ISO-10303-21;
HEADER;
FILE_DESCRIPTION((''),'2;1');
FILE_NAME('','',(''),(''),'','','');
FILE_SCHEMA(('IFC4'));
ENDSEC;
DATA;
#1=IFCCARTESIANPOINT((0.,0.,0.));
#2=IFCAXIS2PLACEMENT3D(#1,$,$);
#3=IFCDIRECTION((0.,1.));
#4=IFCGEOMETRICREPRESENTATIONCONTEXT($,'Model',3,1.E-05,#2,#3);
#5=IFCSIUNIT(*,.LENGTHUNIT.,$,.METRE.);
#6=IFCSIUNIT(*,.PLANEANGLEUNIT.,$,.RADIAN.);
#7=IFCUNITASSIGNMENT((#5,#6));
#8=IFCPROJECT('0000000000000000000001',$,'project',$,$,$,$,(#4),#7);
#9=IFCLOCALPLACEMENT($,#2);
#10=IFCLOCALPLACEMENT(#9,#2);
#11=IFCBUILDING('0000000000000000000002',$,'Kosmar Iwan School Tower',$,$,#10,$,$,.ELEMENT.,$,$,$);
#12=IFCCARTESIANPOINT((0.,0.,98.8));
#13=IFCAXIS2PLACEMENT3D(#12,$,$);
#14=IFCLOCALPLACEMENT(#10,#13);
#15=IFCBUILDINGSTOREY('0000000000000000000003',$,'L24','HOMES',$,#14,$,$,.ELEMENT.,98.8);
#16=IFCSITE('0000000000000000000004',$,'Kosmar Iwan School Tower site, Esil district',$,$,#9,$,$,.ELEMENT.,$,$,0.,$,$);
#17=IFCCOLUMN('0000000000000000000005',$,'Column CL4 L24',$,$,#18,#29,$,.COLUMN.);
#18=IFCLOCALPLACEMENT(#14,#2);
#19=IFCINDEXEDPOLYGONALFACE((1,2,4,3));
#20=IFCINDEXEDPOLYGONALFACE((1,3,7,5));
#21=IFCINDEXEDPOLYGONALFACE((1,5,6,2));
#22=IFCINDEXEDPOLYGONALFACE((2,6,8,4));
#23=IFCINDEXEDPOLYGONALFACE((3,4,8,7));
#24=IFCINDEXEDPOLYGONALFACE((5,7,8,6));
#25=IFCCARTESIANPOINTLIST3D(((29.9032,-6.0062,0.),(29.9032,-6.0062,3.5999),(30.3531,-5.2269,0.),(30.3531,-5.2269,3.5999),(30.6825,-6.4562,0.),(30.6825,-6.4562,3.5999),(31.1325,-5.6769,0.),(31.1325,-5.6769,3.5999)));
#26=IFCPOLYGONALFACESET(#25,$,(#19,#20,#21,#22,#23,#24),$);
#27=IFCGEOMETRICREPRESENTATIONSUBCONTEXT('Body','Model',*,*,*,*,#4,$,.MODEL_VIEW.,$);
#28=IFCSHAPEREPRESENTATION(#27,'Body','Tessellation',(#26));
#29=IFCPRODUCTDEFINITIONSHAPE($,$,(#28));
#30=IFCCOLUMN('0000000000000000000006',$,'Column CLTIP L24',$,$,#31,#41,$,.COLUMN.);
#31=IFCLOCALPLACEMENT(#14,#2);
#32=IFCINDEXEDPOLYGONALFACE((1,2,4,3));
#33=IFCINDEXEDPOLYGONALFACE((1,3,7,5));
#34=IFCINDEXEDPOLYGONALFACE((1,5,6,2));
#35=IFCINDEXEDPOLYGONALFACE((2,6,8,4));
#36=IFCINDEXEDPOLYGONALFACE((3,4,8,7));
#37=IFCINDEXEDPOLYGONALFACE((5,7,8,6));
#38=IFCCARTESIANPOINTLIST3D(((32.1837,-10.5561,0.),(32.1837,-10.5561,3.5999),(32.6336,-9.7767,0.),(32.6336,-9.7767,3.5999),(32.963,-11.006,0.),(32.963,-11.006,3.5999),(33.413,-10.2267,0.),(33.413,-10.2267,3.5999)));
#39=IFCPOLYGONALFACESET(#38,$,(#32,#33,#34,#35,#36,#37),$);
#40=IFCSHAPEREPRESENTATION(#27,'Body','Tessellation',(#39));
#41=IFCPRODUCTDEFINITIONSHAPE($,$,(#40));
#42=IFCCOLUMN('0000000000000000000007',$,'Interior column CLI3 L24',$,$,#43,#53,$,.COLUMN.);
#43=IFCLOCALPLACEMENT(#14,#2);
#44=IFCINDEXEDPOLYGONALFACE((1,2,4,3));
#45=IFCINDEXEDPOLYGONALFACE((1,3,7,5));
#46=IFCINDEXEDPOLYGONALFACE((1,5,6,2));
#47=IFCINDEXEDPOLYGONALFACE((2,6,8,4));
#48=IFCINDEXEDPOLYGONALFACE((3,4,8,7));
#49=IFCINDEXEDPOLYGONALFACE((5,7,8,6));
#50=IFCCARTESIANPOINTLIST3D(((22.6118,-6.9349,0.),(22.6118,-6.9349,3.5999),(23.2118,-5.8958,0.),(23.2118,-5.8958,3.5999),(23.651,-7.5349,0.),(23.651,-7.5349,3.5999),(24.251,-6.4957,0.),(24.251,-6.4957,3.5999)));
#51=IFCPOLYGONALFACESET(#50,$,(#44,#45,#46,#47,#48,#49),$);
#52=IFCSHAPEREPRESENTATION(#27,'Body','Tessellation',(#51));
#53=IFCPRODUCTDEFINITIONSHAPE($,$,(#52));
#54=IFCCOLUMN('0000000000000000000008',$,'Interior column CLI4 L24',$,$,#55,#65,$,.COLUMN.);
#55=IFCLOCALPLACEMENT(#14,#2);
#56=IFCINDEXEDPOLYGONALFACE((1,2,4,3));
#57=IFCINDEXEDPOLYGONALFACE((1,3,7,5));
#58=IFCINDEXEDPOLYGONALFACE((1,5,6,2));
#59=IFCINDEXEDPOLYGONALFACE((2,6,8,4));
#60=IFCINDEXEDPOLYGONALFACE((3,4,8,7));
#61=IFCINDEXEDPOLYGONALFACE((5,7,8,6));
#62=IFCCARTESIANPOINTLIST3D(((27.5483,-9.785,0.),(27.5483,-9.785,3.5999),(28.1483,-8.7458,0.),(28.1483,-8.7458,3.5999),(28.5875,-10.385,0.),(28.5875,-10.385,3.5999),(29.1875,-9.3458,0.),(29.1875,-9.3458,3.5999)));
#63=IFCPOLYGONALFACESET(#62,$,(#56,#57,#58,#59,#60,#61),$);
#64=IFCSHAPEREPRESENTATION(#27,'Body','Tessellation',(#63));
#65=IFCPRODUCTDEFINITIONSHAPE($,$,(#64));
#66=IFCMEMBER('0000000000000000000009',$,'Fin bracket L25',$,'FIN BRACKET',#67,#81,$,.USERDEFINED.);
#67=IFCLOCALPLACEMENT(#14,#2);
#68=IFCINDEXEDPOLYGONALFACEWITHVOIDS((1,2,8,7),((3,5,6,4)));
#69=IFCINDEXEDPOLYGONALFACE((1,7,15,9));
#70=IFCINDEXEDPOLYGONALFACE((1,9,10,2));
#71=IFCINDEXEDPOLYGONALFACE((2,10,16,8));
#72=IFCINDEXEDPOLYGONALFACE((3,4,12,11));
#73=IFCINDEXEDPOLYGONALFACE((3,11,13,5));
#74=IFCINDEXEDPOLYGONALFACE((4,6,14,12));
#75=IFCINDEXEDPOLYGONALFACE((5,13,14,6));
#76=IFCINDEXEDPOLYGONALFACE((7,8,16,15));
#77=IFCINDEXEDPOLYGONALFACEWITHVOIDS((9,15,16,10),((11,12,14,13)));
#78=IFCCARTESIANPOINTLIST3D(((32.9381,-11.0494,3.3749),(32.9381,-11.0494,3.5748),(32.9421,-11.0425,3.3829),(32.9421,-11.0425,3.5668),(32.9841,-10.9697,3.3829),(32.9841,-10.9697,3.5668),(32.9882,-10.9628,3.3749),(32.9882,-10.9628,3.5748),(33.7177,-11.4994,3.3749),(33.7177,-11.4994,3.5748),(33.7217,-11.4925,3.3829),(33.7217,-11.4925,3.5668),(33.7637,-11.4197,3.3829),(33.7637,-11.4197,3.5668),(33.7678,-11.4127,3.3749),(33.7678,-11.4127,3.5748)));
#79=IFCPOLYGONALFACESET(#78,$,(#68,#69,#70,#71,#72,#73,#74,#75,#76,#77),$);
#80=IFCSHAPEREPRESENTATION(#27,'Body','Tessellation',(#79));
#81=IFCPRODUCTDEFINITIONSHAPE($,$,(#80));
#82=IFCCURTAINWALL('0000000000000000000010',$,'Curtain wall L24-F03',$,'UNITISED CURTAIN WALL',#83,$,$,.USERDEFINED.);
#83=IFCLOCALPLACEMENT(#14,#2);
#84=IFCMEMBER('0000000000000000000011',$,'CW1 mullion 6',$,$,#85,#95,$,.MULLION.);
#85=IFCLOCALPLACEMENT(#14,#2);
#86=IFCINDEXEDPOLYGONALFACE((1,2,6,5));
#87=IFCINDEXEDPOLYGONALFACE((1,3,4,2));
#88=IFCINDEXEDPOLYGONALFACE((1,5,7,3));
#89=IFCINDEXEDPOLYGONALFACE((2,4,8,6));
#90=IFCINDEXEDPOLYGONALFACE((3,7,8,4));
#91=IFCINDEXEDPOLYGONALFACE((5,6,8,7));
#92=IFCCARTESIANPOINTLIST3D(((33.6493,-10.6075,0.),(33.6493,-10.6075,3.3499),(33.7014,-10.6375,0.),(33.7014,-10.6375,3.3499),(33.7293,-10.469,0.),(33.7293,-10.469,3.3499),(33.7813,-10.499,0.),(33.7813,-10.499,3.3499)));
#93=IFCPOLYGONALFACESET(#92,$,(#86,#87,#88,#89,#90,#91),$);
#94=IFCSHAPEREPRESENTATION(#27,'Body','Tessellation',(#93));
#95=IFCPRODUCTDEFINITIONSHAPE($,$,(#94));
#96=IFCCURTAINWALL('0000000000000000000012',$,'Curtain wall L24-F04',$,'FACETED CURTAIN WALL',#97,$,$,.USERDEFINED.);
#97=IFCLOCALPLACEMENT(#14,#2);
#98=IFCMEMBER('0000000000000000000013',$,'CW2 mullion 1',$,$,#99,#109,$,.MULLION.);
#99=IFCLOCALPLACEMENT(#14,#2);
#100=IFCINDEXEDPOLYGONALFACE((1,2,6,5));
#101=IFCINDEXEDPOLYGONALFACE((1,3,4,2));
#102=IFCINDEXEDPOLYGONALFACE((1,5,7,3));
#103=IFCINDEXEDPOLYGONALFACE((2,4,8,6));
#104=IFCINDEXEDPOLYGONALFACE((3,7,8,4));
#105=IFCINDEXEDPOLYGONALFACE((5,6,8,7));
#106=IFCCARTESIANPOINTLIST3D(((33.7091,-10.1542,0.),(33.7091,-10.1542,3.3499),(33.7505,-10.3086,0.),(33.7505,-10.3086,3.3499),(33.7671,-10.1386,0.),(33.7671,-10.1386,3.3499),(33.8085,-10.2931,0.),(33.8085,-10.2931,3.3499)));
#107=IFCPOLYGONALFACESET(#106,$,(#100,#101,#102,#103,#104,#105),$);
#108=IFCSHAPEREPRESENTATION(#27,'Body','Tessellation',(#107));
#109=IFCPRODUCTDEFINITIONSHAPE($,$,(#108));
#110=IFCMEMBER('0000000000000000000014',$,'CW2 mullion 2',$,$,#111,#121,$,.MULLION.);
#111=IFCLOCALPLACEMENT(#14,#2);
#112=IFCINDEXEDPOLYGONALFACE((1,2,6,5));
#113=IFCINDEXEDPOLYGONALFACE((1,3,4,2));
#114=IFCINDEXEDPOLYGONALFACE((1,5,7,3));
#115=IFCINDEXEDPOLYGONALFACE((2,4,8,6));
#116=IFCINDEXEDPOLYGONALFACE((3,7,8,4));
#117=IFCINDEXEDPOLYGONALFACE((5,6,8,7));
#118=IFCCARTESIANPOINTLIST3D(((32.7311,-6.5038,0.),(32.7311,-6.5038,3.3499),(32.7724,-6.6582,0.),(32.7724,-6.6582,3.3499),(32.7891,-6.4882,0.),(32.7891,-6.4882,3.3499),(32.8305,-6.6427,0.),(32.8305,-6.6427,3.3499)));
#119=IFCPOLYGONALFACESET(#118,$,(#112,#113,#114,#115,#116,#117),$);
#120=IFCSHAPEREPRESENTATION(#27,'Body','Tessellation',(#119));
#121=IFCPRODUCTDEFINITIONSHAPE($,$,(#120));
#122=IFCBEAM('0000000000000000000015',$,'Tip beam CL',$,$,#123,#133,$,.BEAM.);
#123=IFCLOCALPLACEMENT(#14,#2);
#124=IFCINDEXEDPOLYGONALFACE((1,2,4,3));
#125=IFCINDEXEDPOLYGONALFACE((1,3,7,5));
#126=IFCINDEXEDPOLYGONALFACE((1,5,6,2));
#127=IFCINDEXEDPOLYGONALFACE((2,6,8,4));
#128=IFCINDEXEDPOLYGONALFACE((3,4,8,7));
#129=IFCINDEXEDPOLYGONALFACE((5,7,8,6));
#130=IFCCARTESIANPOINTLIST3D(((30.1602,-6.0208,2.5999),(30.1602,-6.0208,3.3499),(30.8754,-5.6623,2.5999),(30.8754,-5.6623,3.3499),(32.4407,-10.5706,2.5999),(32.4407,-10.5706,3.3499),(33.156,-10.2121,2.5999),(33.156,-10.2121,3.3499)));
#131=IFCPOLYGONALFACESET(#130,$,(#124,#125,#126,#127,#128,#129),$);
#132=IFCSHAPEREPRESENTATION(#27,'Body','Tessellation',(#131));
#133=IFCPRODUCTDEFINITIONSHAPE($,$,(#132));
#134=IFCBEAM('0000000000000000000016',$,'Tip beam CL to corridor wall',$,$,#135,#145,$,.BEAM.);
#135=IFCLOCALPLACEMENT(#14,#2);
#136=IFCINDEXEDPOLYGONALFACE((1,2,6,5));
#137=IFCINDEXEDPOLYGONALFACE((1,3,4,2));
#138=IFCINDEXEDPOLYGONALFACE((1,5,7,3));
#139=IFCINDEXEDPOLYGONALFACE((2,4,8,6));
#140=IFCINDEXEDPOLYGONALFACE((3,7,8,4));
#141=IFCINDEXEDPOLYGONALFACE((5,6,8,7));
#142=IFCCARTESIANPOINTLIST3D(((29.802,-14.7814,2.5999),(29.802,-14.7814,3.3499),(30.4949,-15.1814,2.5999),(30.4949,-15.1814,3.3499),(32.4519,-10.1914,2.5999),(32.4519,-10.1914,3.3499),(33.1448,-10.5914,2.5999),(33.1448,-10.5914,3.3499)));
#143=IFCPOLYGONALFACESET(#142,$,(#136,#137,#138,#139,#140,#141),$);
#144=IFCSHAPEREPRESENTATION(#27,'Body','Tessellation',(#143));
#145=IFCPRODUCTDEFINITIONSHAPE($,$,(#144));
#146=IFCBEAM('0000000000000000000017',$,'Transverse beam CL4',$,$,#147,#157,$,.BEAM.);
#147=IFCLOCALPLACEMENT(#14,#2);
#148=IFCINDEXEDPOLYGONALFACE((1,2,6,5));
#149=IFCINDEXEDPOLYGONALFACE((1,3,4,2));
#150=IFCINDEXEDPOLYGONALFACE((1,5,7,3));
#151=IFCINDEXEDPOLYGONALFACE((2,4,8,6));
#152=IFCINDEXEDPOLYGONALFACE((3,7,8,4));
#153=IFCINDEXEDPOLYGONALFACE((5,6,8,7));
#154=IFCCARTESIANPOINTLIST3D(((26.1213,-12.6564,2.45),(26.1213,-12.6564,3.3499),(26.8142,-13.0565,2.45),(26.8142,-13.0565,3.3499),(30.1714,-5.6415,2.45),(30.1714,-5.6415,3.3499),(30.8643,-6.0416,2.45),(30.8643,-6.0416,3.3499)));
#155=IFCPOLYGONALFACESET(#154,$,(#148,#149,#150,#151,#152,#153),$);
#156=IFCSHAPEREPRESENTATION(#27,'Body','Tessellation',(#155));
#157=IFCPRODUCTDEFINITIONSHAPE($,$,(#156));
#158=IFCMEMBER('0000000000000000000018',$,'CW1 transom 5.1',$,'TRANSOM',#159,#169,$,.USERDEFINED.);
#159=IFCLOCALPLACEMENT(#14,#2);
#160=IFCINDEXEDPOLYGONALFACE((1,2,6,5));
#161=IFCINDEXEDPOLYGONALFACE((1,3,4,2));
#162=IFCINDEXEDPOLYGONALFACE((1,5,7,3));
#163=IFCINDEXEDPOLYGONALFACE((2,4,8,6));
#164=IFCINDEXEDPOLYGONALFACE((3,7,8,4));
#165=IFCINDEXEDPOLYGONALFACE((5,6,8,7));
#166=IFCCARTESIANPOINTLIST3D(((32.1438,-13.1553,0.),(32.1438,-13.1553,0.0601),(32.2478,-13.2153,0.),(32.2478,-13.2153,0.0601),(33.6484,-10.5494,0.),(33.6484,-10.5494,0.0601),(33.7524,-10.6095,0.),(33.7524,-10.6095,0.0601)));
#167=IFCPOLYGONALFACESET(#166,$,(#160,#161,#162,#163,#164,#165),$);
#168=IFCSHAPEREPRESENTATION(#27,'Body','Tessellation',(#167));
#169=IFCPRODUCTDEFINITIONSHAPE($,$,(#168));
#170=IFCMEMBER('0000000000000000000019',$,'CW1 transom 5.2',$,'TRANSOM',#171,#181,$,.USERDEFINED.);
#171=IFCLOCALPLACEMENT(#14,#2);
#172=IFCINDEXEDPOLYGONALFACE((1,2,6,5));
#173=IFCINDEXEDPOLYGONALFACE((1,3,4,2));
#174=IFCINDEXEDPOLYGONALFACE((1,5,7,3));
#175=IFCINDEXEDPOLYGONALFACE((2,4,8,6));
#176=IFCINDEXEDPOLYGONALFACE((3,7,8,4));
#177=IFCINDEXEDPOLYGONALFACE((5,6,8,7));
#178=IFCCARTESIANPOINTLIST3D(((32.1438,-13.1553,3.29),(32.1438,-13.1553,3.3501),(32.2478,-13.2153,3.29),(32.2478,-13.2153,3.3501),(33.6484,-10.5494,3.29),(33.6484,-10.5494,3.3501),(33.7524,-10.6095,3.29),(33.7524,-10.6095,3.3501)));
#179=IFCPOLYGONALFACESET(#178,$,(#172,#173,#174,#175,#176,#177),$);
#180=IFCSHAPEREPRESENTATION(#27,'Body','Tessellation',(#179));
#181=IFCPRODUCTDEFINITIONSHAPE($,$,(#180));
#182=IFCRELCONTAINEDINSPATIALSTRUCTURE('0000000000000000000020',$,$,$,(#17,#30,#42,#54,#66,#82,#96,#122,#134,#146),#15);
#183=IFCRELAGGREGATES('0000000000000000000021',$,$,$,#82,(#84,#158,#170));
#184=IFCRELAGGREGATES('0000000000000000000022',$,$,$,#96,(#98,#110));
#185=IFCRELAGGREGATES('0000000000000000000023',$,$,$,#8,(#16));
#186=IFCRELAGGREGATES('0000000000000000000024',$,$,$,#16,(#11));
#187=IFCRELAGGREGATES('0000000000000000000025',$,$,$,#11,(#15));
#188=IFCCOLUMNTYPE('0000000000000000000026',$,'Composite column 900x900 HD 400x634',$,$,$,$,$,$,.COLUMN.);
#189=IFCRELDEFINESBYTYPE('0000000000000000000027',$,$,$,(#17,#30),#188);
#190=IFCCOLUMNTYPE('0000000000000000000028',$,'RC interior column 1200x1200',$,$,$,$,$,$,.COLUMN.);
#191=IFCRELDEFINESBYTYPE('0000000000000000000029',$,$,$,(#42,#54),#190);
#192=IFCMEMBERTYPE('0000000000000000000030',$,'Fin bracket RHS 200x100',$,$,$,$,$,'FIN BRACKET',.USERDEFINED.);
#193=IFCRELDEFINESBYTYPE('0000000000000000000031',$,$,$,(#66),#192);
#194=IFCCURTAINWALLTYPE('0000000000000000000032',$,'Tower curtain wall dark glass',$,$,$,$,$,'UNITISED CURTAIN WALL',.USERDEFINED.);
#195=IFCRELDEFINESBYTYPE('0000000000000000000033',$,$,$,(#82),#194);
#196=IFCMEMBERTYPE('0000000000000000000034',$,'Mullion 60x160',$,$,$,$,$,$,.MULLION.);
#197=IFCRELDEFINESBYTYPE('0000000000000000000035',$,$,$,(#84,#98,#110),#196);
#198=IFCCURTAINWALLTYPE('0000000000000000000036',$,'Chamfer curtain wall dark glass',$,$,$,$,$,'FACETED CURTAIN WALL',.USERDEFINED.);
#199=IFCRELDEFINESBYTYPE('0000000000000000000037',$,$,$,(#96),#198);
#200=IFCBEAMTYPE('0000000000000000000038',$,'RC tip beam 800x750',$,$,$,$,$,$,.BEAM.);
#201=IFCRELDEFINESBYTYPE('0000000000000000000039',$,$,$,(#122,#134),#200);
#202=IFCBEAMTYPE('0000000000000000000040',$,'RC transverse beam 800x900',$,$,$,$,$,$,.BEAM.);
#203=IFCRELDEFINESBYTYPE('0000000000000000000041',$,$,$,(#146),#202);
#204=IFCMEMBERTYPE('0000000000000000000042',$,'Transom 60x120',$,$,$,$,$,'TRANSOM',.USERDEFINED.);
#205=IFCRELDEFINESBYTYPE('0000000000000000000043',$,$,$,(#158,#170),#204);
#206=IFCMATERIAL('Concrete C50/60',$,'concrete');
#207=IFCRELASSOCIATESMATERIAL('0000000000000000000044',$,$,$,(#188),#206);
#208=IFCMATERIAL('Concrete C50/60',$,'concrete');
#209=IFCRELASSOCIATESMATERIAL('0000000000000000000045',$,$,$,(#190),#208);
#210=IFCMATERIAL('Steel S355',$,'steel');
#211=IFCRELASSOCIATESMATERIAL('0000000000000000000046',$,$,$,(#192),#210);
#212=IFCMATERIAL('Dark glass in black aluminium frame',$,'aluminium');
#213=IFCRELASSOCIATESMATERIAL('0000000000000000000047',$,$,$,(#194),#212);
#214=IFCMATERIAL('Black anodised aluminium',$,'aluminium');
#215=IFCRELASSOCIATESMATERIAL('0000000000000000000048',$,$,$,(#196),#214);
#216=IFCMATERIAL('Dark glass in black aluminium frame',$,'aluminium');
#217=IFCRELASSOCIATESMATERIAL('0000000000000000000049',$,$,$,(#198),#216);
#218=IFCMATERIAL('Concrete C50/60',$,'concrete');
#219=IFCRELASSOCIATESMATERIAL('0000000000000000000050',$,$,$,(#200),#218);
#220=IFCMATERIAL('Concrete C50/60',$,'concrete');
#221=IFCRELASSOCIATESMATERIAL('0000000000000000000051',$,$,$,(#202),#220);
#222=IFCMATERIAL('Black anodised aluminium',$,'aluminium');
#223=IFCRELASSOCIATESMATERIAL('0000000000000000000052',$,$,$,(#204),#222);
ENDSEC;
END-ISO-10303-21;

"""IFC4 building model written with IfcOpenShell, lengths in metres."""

from ifc_helpers import new_model, si_unit, direction, frame, origin, origin_2d, place, context, subcontext, project, spatial, rectangle, hollow_rectangle, extrude, material, material_profile, profile_set, type_object, element, aggregate, save


model = new_model("IFC4")

# Units and contexts
model_context = context("Model", 3, precision=1e-05, world=origin(), true_north=direction((0.0, 1.0)))
body_context = subcontext(model_context, "Body", "Model", "MODEL_VIEW")
ifc_project = project(units=[si_unit("LENGTHUNIT", "METRE"), si_unit("PLANEANGLEUNIT", "RADIAN")], contexts=[model_context])

# Site, building, storey
site_placement = place(None, origin())
site = spatial("IfcSite", under=ifc_project, at=site_placement, Name="Kosmar Iwan School Tower site, Esil district", CompositionType="ELEMENT", RefElevation=0.0)
building_placement = place(site_placement, origin())
building = spatial("IfcBuilding", under=site, at=building_placement, Name="Kosmar Iwan School Tower", CompositionType="ELEMENT")
storey_placement = place(building_placement, frame((0.0, 0.0, 98.8)))
storey = spatial("IfcBuildingStorey", under=building, at=storey_placement, Name="L24", Description="HOMES", CompositionType="ELEMENT", Elevation=98.8)

# Columns
ifc_material_1 = material(Name="Concrete C50/60", Category="concrete")
ifc_material_profile_1 = material_profile(ifc_material_1, rectangle(XDim=0.8999, YDim=0.8999, at=origin_2d()), Name="RC 900x900 + HD 400x634")
ifc_profile_set_1 = profile_set([ifc_material_profile_1], Name="Concrete C50/60")
column_type_1 = type_object("IfcColumnType", Name="Composite column 900x900 HD 400x634", PredefinedType="COLUMN", material=ifc_profile_set_1)
for number, where, z_axis, x_axis, name in (
    (1, (30.5178, -5.8416, 0.0), (0.0, 0.0, 1.0), (0.866025, -0.5, 0.0), "Column CL4 L24"),
    (2, (32.7983, -10.3914, 0.0), (0.0, 0.0, 1.0), (0.866025, -0.5, 0.0), "Column CLTIP L24"),
):
    element("IfcColumn", number, at=place(storey_placement, frame(where, z_axis=z_axis, x_axis=x_axis)), inside=storey, type_object=column_type_1, Name=name, PredefinedType="COLUMN", context=body_context, shape_type="SweptSolid", body=[
        extrude(rectangle(XDim=0.8999, YDim=0.8999, at=origin_2d()), origin(), (0.0, 0.0, 1.0), 3.5999),
    ])
ifc_material_2 = material(Name="Concrete C50/60", Category="concrete")
ifc_material_profile_2 = material_profile(ifc_material_2, rectangle(XDim=1.2, YDim=1.2, at=origin_2d()), Name="RC 1200x1200")
ifc_profile_set_2 = profile_set([ifc_material_profile_2], Name="Concrete C50/60")
column_type_2 = type_object("IfcColumnType", Name="RC interior column 1200x1200", PredefinedType="COLUMN", material=ifc_profile_set_2)
for number, where, z_axis, x_axis, name in (
    (3, (23.4314, -6.7153, 0.0), (0.0, 0.0, 1.0), (0.866025, -0.5, 0.0), "Interior column CLI3 L24"),
    (4, (28.3679, -9.5654, 0.0), (0.0, 0.0, 1.0), (0.866025, -0.5, 0.0), "Interior column CLI4 L24"),
):
    element("IfcColumn", number, at=place(storey_placement, frame(where, z_axis=z_axis, x_axis=x_axis)), inside=storey, type_object=column_type_2, Name=name, PredefinedType="COLUMN", context=body_context, shape_type="SweptSolid", body=[
        extrude(rectangle(XDim=1.2, YDim=1.2, at=origin_2d()), origin(), (0.0, 0.0, 1.0), 3.5999),
    ])

# Member
ifc_material_3 = material(Name="Steel S355", Category="steel")
ifc_material_profile_3 = material_profile(ifc_material_3, hollow_rectangle(XDim=0.1001, YDim=0.2, WallThickness=0.0081, at=origin_2d()), Name="RHS 200x100x8")
ifc_profile_set_3 = profile_set([ifc_material_profile_3], Name="Steel S355")
member_type_1 = type_object("IfcMemberType", Name="Fin bracket RHS 200x100", ElementType="FIN BRACKET", PredefinedType="USERDEFINED", material=ifc_profile_set_3)
member_1_placement = place(storey_placement, frame((32.9631, -11.0061, 3.4749), z_axis=(0.866082, -0.499902, 0.0), x_axis=(0.499902, 0.866082, 0.0)))
element("IfcMember", 5, at=member_1_placement, inside=storey, type_object=member_type_1, Name="Fin bracket L25", ObjectType="FIN BRACKET", PredefinedType="USERDEFINED", context=body_context, shape_type="SweptSolid", body=[
    extrude(hollow_rectangle(XDim=0.1001, YDim=0.2, WallThickness=0.0081, at=origin_2d()), origin(), (0.0, 0.0, 1.0), 0.9001),
])

# Curtain wall, member
ifc_material_4 = material(Name="Dark glass in black aluminium frame", Category="aluminium")
curtain_wall_type_1 = type_object("IfcCurtainWallType", Name="Tower curtain wall dark glass", ElementType="UNITISED CURTAIN WALL", PredefinedType="USERDEFINED", material=ifc_material_4)
curtain_wall_1_placement = place(storey_placement, origin())
curtain_wall_1 = element("IfcCurtainWall", 6, at=curtain_wall_1_placement, inside=storey, type_object=curtain_wall_type_1, Name="Curtain wall L24-F03", ObjectType="UNITISED CURTAIN WALL", PredefinedType="USERDEFINED")
ifc_material_5 = material(Name="Black anodised aluminium", Category="aluminium")
ifc_material_profile_4 = material_profile(ifc_material_5, rectangle(XDim=0.0601, YDim=0.1599, at=origin_2d()), Name="MULLION 60x160")
ifc_profile_set_4 = profile_set([ifc_material_profile_4], Name="Black anodised aluminium")
member_type_2 = type_object("IfcMemberType", Name="Mullion 60x160", PredefinedType="MULLION", material=ifc_profile_set_4)
member_2_placement = place(storey_placement, frame((33.7153, -10.5532, 0.0), z_axis=(0.0, 0.0, 1.0), x_axis=(-0.866025, 0.5, 0.0)))
member_2 = element("IfcMember", 7, at=member_2_placement, type_object=member_type_2, Name="CW1 mullion 6", PredefinedType="MULLION", context=body_context, shape_type="SweptSolid", body=[
    extrude(rectangle(XDim=0.0601, YDim=0.1599, at=origin_2d()), origin(), (0.0, 0.0, 1.0), 3.3499),
])

# Curtain wall, members
ifc_material_6 = material(Name="Dark glass in black aluminium frame", Category="aluminium")
curtain_wall_type_2 = type_object("IfcCurtainWallType", Name="Chamfer curtain wall dark glass", ElementType="FACETED CURTAIN WALL", PredefinedType="USERDEFINED", material=ifc_material_6)
curtain_wall_2_placement = place(storey_placement, origin())
curtain_wall_2 = element("IfcCurtainWall", 8, at=curtain_wall_2_placement, inside=storey, type_object=curtain_wall_type_2, Name="Curtain wall L24-F04", ObjectType="FACETED CURTAIN WALL", PredefinedType="USERDEFINED")
member_3_placement = place(storey_placement, frame((33.7588, -10.2236, 0.0), z_axis=(0.0, 0.0, 1.0), x_axis=(-0.965926, -0.258819, 0.0)))
member_3 = element("IfcMember", 9, at=member_3_placement, type_object=member_type_2, Name="CW2 mullion 1", PredefinedType="MULLION", context=body_context, shape_type="SweptSolid", body=[
    extrude(rectangle(XDim=0.0601, YDim=0.1599, at=origin_2d()), origin(), (0.0, 0.0, 1.0), 3.3499),
])
member_4_placement = place(storey_placement, frame((32.7808, -6.5732, 0.0), z_axis=(0.0, 0.0, 1.0), x_axis=(-0.965926, -0.258819, 0.0)))
member_4 = element("IfcMember", 10, at=member_4_placement, type_object=member_type_2, Name="CW2 mullion 2", PredefinedType="MULLION", context=body_context, shape_type="SweptSolid", body=[
    extrude(rectangle(XDim=0.0601, YDim=0.1599, at=origin_2d()), origin(), (0.0, 0.0, 1.0), 3.3499),
])

# Beams
ifc_material_7 = material(Name="Concrete C50/60", Category="concrete")
ifc_material_profile_5 = material_profile(ifc_material_7, rectangle(XDim=0.8, YDim=0.75, at=origin_2d()), Name="RC 800x750")
ifc_profile_set_5 = profile_set([ifc_material_profile_5], Name="Concrete C50/60")
beam_type_1 = type_object("IfcBeamType", Name="RC tip beam 800x750", PredefinedType="BEAM", material=ifc_profile_set_5)
beam_1_placement = place(storey_placement, frame((30.5178, -5.8416, 2.9749), z_axis=(0.448096, -0.893985, 0.0), x_axis=(0.893985, 0.448096, 0.0)))
element("IfcBeam", 11, at=beam_1_placement, inside=storey, type_object=beam_type_1, Name="Tip beam CL", PredefinedType="BEAM", context=body_context, shape_type="SweptSolid", body=[
    extrude(rectangle(XDim=0.8, YDim=0.75, at=origin_2d()), origin(), (0.0, 0.0, 1.0), 5.0894),
])
beam_2_placement = place(storey_placement, frame((32.7983, -10.3914, 2.9749), z_axis=(-0.499974, -0.866041, 0.0), x_axis=(0.866041, -0.499974, 0.0)))
element("IfcBeam", 12, at=beam_2_placement, inside=storey, type_object=beam_type_1, Name="Tip beam CL to corridor wall", PredefinedType="BEAM", context=body_context, shape_type="SweptSolid", body=[
    extrude(rectangle(XDim=0.8, YDim=0.75, at=origin_2d()), origin(), (0.0, 0.0, 1.0), 5.3),
])
ifc_material_8 = material(Name="Concrete C50/60", Category="concrete")
ifc_material_profile_6 = material_profile(ifc_material_8, rectangle(XDim=0.8, YDim=0.8999, at=origin_2d()), Name="RC 800x900")
ifc_profile_set_6 = profile_set([ifc_material_profile_6], Name="Concrete C50/60")
beam_type_2 = type_object("IfcBeamType", Name="RC transverse beam 800x900", PredefinedType="BEAM", material=ifc_profile_set_6)
beam_3_placement = place(storey_placement, frame((30.5178, -5.8416, 2.8999), z_axis=(-0.5, -0.866025, 0.0), x_axis=(0.866025, -0.5, 0.0)))
element("IfcBeam", 13, at=beam_3_placement, inside=storey, type_object=beam_type_2, Name="Transverse beam CL4", PredefinedType="BEAM", context=body_context, shape_type="SweptSolid", body=[
    extrude(rectangle(XDim=0.8, YDim=0.8999, at=origin_2d()), origin(), (0.0, 0.0, 1.0), 8.1001),
])

# Members
ifc_material_9 = material(Name="Black anodised aluminium", Category="aluminium")
ifc_material_profile_7 = material_profile(ifc_material_9, rectangle(XDim=0.1201, YDim=0.0601, at=origin_2d()), Name="TRANSOM 60x120")
ifc_profile_set_7 = profile_set([ifc_material_profile_7], Name="Black anodised aluminium")
member_type_3 = type_object("IfcMemberType", Name="Transom 60x120", ElementType="TRANSOM", PredefinedType="USERDEFINED", material=ifc_profile_set_7)
member_5_placement = place(storey_placement, frame((32.1958, -13.1853, 0.03), z_axis=(0.500022, 0.866013, 0.0), x_axis=(-0.866013, 0.500022, 0.0)))
member_5 = element("IfcMember", 14, at=member_5_placement, type_object=member_type_3, Name="CW1 transom 5.1", ObjectType="TRANSOM", PredefinedType="USERDEFINED", context=body_context, shape_type="SweptSolid", body=[
    extrude(rectangle(XDim=0.1201, YDim=0.0601, at=origin_2d()), origin(), (0.0, 0.0, 1.0), 3.009),
])
member_6_placement = place(storey_placement, frame((32.1958, -13.1853, 3.3201), z_axis=(0.500022, 0.866013, 0.0), x_axis=(-0.866013, 0.500022, 0.0)))
member_6 = element("IfcMember", 15, at=member_6_placement, type_object=member_type_3, Name="CW1 transom 5.2", ObjectType="TRANSOM", PredefinedType="USERDEFINED", context=body_context, shape_type="SweptSolid", body=[
    extrude(rectangle(XDim=0.1201, YDim=0.0601, at=origin_2d()), origin(), (0.0, 0.0, 1.0), 3.009),
])

aggregate(curtain_wall_1, [member_2, member_5, member_6])
aggregate(curtain_wall_2, [member_3, member_4])

save(model, "model.ifc")
